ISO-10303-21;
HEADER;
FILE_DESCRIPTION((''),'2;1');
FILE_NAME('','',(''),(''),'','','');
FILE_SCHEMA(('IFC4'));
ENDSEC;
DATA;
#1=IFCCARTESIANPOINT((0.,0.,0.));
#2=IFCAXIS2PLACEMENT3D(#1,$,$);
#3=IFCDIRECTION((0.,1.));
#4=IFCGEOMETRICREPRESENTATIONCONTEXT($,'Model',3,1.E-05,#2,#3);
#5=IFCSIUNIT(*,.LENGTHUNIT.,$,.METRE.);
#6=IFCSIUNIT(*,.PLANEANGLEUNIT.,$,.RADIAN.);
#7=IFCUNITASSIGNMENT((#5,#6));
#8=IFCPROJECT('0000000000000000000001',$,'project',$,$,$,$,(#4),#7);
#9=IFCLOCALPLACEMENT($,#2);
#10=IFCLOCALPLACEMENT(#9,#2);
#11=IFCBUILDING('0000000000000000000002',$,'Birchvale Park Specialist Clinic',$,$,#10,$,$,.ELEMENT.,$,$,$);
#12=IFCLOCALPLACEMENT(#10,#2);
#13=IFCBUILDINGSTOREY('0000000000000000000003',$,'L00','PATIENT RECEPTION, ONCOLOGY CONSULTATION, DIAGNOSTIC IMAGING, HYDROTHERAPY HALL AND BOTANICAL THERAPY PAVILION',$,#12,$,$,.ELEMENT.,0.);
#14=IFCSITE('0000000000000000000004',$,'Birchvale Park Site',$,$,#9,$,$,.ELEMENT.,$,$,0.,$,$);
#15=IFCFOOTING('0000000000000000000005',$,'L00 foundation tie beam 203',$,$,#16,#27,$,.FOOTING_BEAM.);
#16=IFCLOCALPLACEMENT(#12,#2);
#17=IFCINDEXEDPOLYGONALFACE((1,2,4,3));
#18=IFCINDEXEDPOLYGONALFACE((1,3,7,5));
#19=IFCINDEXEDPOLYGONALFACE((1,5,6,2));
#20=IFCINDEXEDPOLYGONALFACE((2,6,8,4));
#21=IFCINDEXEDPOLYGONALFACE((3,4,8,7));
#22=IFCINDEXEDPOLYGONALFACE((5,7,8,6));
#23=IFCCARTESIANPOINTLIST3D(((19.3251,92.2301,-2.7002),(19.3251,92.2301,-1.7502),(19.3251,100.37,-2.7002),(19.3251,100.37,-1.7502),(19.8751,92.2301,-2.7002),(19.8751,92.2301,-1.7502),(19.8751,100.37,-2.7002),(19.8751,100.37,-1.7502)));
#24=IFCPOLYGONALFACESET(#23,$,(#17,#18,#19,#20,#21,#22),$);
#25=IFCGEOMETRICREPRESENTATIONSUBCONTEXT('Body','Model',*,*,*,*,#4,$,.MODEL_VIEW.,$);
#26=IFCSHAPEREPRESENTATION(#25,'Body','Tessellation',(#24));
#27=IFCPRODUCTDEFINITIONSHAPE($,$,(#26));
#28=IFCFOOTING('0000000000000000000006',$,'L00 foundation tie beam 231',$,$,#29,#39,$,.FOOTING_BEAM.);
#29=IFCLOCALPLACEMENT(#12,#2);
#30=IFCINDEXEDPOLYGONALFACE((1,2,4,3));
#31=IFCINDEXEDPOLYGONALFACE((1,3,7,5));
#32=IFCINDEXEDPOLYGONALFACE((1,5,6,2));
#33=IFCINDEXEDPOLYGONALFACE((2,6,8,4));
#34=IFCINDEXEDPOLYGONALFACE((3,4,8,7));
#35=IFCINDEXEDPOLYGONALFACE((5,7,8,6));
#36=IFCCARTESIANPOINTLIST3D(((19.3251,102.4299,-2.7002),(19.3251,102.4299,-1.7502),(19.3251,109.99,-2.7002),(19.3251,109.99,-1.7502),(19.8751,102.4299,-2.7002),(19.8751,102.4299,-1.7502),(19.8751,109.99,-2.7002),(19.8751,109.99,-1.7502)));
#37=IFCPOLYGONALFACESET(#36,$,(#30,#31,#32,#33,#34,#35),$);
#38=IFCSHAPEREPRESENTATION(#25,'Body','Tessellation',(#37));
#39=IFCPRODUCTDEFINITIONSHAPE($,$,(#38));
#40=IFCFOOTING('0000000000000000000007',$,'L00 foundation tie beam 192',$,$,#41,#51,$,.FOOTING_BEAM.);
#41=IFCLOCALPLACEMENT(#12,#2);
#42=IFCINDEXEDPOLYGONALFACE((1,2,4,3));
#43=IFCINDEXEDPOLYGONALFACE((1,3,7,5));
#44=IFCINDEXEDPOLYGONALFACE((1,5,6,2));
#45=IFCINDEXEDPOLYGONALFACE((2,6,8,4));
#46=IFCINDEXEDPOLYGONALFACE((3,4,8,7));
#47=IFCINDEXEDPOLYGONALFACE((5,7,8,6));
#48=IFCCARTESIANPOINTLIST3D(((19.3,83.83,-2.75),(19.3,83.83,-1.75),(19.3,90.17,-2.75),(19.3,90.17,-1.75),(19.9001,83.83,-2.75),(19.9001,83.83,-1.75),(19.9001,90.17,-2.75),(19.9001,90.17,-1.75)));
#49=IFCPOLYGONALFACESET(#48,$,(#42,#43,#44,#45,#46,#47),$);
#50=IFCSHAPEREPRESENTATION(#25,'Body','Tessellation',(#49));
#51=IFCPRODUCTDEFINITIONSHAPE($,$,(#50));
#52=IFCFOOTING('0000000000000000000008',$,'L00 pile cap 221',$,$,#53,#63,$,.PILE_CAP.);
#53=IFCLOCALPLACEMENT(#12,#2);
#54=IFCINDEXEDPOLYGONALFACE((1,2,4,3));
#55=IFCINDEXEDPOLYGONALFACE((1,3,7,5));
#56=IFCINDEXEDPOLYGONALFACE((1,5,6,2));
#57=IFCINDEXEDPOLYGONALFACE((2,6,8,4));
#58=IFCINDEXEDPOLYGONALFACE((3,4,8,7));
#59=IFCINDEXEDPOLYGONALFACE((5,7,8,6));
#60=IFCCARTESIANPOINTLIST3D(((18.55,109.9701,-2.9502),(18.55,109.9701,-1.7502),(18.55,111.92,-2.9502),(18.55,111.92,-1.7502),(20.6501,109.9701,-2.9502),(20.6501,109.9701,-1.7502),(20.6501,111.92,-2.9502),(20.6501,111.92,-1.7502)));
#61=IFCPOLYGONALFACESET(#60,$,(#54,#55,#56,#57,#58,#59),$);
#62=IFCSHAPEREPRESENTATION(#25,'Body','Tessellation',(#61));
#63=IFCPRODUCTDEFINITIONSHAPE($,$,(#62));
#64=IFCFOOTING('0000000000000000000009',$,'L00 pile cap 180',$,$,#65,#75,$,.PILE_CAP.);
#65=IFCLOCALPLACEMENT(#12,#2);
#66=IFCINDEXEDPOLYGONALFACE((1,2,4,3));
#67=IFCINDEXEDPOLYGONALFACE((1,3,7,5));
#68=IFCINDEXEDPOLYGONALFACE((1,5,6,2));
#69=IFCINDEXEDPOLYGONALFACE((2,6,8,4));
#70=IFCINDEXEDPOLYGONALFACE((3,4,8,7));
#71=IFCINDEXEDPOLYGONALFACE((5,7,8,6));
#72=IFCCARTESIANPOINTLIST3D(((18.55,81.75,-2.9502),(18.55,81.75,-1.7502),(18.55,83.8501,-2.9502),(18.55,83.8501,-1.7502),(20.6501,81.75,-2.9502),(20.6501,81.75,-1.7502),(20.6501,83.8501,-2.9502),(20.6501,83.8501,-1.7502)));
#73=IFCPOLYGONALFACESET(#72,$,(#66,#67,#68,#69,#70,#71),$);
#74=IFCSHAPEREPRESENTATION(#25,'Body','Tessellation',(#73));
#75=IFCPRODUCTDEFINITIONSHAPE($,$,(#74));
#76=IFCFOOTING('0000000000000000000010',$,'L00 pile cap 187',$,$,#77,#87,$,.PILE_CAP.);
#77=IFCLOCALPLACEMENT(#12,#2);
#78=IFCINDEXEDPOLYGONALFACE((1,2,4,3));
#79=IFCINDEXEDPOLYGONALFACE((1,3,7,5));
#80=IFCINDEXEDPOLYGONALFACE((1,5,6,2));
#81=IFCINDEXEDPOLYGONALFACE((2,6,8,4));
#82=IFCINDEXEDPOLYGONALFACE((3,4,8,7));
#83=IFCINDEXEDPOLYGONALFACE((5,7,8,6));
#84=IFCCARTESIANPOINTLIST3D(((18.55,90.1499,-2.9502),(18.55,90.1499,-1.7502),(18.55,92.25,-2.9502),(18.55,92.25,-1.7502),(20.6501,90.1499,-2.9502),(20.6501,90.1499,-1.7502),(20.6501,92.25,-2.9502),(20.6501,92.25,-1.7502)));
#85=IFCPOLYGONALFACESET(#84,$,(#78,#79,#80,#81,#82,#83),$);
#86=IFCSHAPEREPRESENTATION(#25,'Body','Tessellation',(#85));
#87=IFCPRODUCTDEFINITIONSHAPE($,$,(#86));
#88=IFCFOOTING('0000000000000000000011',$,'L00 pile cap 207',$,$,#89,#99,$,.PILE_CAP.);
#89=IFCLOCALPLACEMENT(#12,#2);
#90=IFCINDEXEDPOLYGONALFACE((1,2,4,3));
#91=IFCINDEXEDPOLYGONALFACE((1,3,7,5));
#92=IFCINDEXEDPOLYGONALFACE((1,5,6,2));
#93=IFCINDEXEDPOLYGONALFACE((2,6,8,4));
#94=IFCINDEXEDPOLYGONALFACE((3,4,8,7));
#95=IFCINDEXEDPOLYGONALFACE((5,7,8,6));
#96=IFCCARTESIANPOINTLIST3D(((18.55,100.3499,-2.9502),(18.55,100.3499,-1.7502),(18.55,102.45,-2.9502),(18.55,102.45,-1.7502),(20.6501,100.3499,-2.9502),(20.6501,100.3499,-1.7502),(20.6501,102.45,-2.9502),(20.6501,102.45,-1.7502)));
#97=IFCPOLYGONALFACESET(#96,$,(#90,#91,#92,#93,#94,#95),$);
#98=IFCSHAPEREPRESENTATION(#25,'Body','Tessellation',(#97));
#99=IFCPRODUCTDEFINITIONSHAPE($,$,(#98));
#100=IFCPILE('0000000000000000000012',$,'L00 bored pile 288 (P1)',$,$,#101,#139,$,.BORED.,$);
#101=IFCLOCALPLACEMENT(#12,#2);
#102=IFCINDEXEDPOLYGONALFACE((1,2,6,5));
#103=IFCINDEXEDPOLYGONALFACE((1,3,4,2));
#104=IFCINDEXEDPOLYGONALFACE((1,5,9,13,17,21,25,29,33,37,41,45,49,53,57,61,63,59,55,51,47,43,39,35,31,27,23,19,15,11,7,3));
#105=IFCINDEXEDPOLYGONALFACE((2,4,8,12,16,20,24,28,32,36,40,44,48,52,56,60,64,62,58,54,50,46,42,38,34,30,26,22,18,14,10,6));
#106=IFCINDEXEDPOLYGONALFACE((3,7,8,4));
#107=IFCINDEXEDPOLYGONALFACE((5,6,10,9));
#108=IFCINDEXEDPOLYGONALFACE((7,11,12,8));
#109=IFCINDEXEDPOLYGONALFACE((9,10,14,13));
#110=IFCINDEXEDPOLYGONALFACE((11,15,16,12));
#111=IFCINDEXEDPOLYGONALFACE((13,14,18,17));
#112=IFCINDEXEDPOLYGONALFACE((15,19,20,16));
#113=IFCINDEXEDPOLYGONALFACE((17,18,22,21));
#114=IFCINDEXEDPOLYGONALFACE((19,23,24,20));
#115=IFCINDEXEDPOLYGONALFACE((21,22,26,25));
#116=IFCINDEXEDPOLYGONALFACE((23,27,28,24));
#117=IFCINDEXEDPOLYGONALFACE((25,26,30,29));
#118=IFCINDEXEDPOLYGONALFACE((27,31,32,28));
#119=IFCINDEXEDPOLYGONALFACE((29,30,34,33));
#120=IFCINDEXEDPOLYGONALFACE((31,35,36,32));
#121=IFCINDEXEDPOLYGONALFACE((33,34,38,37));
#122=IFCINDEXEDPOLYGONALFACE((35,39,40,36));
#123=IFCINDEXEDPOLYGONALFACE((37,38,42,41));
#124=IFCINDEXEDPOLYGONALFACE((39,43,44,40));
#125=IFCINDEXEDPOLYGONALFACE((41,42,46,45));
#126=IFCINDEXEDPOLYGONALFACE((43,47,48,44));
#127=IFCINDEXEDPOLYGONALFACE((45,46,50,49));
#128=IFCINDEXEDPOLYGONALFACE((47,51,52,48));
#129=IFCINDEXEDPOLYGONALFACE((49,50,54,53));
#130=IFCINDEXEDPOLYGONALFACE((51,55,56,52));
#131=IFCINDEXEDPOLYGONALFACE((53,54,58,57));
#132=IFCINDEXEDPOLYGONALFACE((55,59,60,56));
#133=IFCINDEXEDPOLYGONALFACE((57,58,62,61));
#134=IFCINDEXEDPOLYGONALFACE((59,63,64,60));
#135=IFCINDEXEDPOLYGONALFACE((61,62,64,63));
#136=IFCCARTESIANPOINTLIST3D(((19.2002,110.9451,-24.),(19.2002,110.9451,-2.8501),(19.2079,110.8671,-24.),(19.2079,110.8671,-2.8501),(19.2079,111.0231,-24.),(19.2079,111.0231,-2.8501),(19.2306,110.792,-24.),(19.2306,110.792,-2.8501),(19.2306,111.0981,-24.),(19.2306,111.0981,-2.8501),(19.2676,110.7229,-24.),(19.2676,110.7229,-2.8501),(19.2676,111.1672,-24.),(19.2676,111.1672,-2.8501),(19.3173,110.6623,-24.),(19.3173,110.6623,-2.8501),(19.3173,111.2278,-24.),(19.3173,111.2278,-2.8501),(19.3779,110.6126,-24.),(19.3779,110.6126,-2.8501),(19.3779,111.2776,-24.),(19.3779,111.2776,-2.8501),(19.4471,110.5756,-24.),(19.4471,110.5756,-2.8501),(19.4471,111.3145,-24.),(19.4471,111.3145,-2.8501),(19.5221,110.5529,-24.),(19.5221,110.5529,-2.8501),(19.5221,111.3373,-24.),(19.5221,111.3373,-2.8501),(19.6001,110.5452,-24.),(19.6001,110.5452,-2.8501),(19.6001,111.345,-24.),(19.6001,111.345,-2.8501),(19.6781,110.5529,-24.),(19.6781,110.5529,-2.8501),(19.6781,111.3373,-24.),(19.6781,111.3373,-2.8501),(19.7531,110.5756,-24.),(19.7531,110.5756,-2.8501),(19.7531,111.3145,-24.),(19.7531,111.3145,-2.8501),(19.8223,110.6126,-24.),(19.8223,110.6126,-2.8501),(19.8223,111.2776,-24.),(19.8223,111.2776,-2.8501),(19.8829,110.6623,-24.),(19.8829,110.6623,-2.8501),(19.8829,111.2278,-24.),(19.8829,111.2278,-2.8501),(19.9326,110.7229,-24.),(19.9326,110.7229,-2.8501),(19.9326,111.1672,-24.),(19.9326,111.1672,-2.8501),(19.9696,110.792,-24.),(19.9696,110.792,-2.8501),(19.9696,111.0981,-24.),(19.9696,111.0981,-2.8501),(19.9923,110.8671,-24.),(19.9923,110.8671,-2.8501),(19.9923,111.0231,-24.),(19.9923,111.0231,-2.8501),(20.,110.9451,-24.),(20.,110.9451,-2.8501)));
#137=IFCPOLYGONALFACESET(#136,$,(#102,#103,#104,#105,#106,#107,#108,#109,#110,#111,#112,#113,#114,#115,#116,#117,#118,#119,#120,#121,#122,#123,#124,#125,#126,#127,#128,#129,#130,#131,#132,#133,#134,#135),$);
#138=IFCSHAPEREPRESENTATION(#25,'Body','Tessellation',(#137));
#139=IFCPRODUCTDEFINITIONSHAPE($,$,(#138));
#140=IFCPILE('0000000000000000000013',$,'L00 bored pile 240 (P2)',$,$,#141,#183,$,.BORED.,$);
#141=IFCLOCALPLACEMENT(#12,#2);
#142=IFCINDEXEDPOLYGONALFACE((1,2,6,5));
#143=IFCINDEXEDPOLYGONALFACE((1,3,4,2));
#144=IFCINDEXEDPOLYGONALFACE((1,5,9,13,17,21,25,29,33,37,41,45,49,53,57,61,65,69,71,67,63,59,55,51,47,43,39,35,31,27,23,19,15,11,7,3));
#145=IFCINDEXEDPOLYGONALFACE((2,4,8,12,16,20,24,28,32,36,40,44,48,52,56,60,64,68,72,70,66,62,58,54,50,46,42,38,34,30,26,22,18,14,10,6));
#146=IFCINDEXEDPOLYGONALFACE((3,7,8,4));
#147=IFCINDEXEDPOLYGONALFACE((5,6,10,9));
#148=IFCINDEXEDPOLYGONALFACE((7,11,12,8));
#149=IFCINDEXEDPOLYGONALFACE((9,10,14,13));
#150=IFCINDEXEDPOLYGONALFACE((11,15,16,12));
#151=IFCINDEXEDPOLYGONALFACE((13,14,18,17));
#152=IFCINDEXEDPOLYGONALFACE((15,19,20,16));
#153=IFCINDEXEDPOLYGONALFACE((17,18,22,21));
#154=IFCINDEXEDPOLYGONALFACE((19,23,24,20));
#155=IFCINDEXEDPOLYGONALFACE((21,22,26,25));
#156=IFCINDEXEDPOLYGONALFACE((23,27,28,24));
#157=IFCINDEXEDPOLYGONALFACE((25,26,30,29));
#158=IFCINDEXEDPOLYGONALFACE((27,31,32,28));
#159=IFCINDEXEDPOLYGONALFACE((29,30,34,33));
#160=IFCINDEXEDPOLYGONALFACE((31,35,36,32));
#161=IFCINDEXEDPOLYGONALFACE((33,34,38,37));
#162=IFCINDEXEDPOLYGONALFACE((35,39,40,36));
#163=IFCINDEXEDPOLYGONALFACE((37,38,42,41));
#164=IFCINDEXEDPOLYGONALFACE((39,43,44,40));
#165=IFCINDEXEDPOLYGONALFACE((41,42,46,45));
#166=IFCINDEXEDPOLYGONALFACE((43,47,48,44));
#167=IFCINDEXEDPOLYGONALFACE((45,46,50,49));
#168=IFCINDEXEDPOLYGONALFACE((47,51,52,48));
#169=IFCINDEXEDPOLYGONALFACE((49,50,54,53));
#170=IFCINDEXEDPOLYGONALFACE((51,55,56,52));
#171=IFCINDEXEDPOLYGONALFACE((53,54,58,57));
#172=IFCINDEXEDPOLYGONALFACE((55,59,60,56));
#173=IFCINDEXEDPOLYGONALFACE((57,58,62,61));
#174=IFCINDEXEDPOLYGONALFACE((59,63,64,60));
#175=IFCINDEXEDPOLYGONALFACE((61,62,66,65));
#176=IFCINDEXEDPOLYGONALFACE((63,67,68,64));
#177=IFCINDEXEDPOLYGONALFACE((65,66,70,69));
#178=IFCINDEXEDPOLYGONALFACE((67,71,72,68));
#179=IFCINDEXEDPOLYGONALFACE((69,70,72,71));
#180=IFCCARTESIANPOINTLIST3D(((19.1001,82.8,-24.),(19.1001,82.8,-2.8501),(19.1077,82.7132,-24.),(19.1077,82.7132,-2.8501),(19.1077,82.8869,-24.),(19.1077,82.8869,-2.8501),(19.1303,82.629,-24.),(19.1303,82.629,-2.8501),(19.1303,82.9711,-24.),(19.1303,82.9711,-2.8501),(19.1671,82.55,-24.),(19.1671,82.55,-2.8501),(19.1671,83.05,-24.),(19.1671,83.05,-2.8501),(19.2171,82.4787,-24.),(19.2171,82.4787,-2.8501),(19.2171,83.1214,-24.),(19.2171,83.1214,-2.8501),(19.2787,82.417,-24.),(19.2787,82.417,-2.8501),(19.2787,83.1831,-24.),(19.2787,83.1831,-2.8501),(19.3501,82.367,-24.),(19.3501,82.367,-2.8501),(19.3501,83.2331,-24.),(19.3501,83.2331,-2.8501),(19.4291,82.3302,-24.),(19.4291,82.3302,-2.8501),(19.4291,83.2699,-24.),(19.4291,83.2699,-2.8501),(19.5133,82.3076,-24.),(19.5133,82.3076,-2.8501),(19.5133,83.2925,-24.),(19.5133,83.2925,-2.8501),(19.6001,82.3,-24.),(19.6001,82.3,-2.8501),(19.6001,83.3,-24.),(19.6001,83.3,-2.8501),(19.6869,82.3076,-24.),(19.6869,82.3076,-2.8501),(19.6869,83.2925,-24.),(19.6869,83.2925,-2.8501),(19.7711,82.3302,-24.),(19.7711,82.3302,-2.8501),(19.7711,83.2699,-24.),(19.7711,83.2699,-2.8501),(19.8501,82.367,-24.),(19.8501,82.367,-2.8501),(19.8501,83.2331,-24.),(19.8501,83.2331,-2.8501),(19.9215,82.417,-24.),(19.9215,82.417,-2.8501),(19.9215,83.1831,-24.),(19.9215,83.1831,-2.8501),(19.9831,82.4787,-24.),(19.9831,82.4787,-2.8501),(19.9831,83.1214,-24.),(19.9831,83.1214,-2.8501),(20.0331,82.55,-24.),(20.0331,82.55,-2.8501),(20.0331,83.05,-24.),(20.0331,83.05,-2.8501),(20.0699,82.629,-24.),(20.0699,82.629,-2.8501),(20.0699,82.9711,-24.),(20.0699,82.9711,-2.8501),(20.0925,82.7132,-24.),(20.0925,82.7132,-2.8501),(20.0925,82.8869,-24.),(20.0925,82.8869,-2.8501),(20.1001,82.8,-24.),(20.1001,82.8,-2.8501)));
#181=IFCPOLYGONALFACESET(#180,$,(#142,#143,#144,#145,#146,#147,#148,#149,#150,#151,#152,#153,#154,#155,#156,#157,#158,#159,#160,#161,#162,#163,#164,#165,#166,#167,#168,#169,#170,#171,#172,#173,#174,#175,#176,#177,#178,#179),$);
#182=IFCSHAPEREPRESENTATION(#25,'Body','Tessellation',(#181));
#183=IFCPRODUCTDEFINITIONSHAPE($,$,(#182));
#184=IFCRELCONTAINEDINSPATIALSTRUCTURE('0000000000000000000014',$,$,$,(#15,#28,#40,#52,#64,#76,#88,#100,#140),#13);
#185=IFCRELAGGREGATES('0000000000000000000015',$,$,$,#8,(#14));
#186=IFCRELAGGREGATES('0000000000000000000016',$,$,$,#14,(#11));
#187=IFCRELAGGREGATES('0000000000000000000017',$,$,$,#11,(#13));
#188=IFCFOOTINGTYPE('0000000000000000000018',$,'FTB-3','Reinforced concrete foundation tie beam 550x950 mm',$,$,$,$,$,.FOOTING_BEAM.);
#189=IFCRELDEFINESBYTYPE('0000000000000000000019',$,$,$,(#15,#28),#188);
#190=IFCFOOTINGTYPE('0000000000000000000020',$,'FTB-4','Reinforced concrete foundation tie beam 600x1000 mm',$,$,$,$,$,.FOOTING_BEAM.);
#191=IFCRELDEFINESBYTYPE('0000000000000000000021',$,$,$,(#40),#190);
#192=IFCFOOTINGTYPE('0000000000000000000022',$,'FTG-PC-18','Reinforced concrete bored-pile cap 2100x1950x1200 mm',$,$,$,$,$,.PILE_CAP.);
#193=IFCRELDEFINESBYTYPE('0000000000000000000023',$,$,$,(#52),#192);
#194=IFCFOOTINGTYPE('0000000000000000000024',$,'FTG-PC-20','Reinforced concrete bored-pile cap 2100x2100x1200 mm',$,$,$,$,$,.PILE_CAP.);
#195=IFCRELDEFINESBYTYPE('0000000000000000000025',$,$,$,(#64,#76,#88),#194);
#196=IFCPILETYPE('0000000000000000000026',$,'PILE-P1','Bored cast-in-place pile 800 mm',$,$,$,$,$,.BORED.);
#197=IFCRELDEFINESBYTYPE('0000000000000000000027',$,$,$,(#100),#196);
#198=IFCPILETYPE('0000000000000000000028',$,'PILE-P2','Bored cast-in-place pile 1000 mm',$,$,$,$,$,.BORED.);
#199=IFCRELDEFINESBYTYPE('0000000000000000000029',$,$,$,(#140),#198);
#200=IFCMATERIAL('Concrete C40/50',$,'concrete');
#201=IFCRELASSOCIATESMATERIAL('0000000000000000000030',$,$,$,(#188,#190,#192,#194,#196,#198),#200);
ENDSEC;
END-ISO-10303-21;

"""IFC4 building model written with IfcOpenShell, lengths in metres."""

from ifc_helpers import new_model, si_unit, direction, frame, origin, origin_2d, place, context, subcontext, project, spatial, rectangle, circle, extrude, material, material_profile, profile_set, type_object, element, save


model = new_model("IFC4")

# Units and contexts
model_context = context("Model", 3, precision=1e-05, world=origin(), true_north=direction((0.0, 1.0)))
body_context = subcontext(model_context, "Body", "Model", "MODEL_VIEW")
ifc_project = project(units=[si_unit("LENGTHUNIT", "METRE"), si_unit("PLANEANGLEUNIT", "RADIAN")], contexts=[model_context])

# Site, building, storey
site_placement = place(None, origin())
site = spatial("IfcSite", under=ifc_project, at=site_placement, Name="Birchvale Park Site", CompositionType="ELEMENT", RefElevation=0.0)
building_placement = place(site_placement, origin())
building = spatial("IfcBuilding", under=site, at=building_placement, Name="Birchvale Park Specialist Clinic", CompositionType="ELEMENT")
storey_placement = place(building_placement, origin())
storey = spatial("IfcBuildingStorey", under=building, at=storey_placement, Name="L00", Description="PATIENT RECEPTION, ONCOLOGY CONSULTATION, DIAGNOSTIC IMAGING, HYDROTHERAPY HALL AND BOTANICAL THERAPY PAVILION", CompositionType="ELEMENT", Elevation=0.0)

# Footings
ifc_material_1 = material(Name="Concrete C40/50", Category="concrete")
footing_type_1 = type_object("IfcFootingType", Name="FTB-3", Description="Reinforced concrete foundation tie beam 550x950 mm", PredefinedType="FOOTING_BEAM", material=ifc_material_1)
footing_1_placement = place(storey_placement, frame((19.6001, 96.3, -2.7002), z_axis=(0.0, 0.0, 1.0), x_axis=(1.0, 0.0, 0.0)))
element("IfcFooting", 1, at=footing_1_placement, inside=storey, type_object=footing_type_1, Name="L00 foundation tie beam 203", PredefinedType="FOOTING_BEAM", context=body_context, shape_type="SweptSolid", body=[
    extrude(rectangle(XDim=0.55, YDim=8.1399, at=origin_2d()), origin(), (0.0, 0.0, 1.0), 0.95),
])
footing_2_placement = place(storey_placement, frame((19.6001, 106.21, -2.7002), z_axis=(0.0, 0.0, 1.0), x_axis=(1.0, 0.0, 0.0)))
element("IfcFooting", 2, at=footing_2_placement, inside=storey, type_object=footing_type_1, Name="L00 foundation tie beam 231", PredefinedType="FOOTING_BEAM", context=body_context, shape_type="SweptSolid", body=[
    extrude(rectangle(XDim=0.55, YDim=7.5601, at=origin_2d()), origin(), (0.0, 0.0, 1.0), 0.95),
])
footing_type_2 = type_object("IfcFootingType", Name="FTB-4", Description="Reinforced concrete foundation tie beam 600x1000 mm", PredefinedType="FOOTING_BEAM", material=ifc_material_1)
footing_3_placement = place(storey_placement, frame((19.6001, 87.0, -2.75), z_axis=(0.0, 0.0, 1.0), x_axis=(1.0, 0.0, 0.0)))
element("IfcFooting", 3, at=footing_3_placement, inside=storey, type_object=footing_type_2, Name="L00 foundation tie beam 192", PredefinedType="FOOTING_BEAM", context=body_context, shape_type="SweptSolid", body=[
    extrude(rectangle(XDim=0.6001, YDim=6.3401, at=origin_2d()), origin(), (0.0, 0.0, 1.0), 1.0),
])
footing_type_3 = type_object("IfcFootingType", Name="FTG-PC-18", Description="Reinforced concrete bored-pile cap 2100x1950x1200 mm", PredefinedType="PILE_CAP", material=ifc_material_1)
footing_4_placement = place(storey_placement, frame((19.6001, 110.9451, -2.9502), z_axis=(0.0, 0.0, 1.0), x_axis=(1.0, 0.0, 0.0)))
element("IfcFooting", 4, at=footing_4_placement, inside=storey, type_object=footing_type_3, Name="L00 pile cap 221", PredefinedType="PILE_CAP", context=body_context, shape_type="SweptSolid", body=[
    extrude(rectangle(XDim=2.1001, YDim=1.95, at=origin_2d()), origin(), (0.0, 0.0, 1.0), 1.2),
])
footing_type_4 = type_object("IfcFootingType", Name="FTG-PC-20", Description="Reinforced concrete bored-pile cap 2100x2100x1200 mm", PredefinedType="PILE_CAP", material=ifc_material_1)
for number, where, z_axis, x_axis, name in (
    (5, (19.6001, 82.8, -2.9502), (0.0, 0.0, 1.0), (1.0, 0.0, 0.0), "L00 pile cap 180"),
    (6, (19.6001, 91.2, -2.9502), (0.0, 0.0, 1.0), (1.0, 0.0, 0.0), "L00 pile cap 187"),
    (7, (19.6001, 101.3999, -2.9502), (0.0, 0.0, 1.0), (1.0, 0.0, 0.0), "L00 pile cap 207"),
):
    element("IfcFooting", number, at=place(storey_placement, frame(where, z_axis=z_axis, x_axis=x_axis)), inside=storey, type_object=footing_type_4, Name=name, PredefinedType="PILE_CAP", context=body_context, shape_type="SweptSolid", body=[
        extrude(rectangle(XDim=2.1001, YDim=2.1001, at=origin_2d()), origin(), (0.0, 0.0, 1.0), 1.2),
    ])

# Piles
ifc_material_profile_1 = material_profile(ifc_material_1, circle(Radius=0.3999, at=origin_2d()), Name="PILE-800")
ifc_profile_set_1 = profile_set([ifc_material_profile_1], Name="Concrete C40/50")
pile_type_1 = type_object("IfcPileType", Name="PILE-P1", Description="Bored cast-in-place pile 800 mm", PredefinedType="BORED", material=ifc_profile_set_1)
pile_1_placement = place(storey_placement, frame((19.6001, 110.9451, -2.8501), z_axis=(0.0, 0.0, -1.0), x_axis=(1.0, 0.0, 0.0)))
element("IfcPile", 8, at=pile_1_placement, inside=storey, type_object=pile_type_1, Name="L00 bored pile 288 (P1)", PredefinedType="BORED", context=body_context, shape_type="SweptSolid", body=[
    extrude(circle(Radius=0.3999, at=origin_2d()), origin(), (0.0, 0.0, 1.0), 21.1499),
])
ifc_material_profile_2 = material_profile(ifc_material_1, circle(Radius=0.5, at=origin_2d()), Name="PILE-1000")
ifc_profile_set_2 = profile_set([ifc_material_profile_2], Name="Concrete C40/50")
pile_type_2 = type_object("IfcPileType", Name="PILE-P2", Description="Bored cast-in-place pile 1000 mm", PredefinedType="BORED", material=ifc_profile_set_2)
for number, where, z_axis, x_axis, name in (
    (9, (19.6001, 82.8, -2.8501), (0.0, 0.0, -1.0), (1.0, 0.0, 0.0), "L00 bored pile 240 (P2)"),
):
    element("IfcPile", number, at=place(storey_placement, frame(where, z_axis=z_axis, x_axis=x_axis)), inside=storey, type_object=pile_type_2, Name=name, PredefinedType="BORED", context=body_context, shape_type="SweptSolid", body=[
        extrude(circle(Radius=0.5, at=origin_2d()), origin(), (0.0, 0.0, 1.0), 21.1499),
    ])

save(model, "model.ifc")
